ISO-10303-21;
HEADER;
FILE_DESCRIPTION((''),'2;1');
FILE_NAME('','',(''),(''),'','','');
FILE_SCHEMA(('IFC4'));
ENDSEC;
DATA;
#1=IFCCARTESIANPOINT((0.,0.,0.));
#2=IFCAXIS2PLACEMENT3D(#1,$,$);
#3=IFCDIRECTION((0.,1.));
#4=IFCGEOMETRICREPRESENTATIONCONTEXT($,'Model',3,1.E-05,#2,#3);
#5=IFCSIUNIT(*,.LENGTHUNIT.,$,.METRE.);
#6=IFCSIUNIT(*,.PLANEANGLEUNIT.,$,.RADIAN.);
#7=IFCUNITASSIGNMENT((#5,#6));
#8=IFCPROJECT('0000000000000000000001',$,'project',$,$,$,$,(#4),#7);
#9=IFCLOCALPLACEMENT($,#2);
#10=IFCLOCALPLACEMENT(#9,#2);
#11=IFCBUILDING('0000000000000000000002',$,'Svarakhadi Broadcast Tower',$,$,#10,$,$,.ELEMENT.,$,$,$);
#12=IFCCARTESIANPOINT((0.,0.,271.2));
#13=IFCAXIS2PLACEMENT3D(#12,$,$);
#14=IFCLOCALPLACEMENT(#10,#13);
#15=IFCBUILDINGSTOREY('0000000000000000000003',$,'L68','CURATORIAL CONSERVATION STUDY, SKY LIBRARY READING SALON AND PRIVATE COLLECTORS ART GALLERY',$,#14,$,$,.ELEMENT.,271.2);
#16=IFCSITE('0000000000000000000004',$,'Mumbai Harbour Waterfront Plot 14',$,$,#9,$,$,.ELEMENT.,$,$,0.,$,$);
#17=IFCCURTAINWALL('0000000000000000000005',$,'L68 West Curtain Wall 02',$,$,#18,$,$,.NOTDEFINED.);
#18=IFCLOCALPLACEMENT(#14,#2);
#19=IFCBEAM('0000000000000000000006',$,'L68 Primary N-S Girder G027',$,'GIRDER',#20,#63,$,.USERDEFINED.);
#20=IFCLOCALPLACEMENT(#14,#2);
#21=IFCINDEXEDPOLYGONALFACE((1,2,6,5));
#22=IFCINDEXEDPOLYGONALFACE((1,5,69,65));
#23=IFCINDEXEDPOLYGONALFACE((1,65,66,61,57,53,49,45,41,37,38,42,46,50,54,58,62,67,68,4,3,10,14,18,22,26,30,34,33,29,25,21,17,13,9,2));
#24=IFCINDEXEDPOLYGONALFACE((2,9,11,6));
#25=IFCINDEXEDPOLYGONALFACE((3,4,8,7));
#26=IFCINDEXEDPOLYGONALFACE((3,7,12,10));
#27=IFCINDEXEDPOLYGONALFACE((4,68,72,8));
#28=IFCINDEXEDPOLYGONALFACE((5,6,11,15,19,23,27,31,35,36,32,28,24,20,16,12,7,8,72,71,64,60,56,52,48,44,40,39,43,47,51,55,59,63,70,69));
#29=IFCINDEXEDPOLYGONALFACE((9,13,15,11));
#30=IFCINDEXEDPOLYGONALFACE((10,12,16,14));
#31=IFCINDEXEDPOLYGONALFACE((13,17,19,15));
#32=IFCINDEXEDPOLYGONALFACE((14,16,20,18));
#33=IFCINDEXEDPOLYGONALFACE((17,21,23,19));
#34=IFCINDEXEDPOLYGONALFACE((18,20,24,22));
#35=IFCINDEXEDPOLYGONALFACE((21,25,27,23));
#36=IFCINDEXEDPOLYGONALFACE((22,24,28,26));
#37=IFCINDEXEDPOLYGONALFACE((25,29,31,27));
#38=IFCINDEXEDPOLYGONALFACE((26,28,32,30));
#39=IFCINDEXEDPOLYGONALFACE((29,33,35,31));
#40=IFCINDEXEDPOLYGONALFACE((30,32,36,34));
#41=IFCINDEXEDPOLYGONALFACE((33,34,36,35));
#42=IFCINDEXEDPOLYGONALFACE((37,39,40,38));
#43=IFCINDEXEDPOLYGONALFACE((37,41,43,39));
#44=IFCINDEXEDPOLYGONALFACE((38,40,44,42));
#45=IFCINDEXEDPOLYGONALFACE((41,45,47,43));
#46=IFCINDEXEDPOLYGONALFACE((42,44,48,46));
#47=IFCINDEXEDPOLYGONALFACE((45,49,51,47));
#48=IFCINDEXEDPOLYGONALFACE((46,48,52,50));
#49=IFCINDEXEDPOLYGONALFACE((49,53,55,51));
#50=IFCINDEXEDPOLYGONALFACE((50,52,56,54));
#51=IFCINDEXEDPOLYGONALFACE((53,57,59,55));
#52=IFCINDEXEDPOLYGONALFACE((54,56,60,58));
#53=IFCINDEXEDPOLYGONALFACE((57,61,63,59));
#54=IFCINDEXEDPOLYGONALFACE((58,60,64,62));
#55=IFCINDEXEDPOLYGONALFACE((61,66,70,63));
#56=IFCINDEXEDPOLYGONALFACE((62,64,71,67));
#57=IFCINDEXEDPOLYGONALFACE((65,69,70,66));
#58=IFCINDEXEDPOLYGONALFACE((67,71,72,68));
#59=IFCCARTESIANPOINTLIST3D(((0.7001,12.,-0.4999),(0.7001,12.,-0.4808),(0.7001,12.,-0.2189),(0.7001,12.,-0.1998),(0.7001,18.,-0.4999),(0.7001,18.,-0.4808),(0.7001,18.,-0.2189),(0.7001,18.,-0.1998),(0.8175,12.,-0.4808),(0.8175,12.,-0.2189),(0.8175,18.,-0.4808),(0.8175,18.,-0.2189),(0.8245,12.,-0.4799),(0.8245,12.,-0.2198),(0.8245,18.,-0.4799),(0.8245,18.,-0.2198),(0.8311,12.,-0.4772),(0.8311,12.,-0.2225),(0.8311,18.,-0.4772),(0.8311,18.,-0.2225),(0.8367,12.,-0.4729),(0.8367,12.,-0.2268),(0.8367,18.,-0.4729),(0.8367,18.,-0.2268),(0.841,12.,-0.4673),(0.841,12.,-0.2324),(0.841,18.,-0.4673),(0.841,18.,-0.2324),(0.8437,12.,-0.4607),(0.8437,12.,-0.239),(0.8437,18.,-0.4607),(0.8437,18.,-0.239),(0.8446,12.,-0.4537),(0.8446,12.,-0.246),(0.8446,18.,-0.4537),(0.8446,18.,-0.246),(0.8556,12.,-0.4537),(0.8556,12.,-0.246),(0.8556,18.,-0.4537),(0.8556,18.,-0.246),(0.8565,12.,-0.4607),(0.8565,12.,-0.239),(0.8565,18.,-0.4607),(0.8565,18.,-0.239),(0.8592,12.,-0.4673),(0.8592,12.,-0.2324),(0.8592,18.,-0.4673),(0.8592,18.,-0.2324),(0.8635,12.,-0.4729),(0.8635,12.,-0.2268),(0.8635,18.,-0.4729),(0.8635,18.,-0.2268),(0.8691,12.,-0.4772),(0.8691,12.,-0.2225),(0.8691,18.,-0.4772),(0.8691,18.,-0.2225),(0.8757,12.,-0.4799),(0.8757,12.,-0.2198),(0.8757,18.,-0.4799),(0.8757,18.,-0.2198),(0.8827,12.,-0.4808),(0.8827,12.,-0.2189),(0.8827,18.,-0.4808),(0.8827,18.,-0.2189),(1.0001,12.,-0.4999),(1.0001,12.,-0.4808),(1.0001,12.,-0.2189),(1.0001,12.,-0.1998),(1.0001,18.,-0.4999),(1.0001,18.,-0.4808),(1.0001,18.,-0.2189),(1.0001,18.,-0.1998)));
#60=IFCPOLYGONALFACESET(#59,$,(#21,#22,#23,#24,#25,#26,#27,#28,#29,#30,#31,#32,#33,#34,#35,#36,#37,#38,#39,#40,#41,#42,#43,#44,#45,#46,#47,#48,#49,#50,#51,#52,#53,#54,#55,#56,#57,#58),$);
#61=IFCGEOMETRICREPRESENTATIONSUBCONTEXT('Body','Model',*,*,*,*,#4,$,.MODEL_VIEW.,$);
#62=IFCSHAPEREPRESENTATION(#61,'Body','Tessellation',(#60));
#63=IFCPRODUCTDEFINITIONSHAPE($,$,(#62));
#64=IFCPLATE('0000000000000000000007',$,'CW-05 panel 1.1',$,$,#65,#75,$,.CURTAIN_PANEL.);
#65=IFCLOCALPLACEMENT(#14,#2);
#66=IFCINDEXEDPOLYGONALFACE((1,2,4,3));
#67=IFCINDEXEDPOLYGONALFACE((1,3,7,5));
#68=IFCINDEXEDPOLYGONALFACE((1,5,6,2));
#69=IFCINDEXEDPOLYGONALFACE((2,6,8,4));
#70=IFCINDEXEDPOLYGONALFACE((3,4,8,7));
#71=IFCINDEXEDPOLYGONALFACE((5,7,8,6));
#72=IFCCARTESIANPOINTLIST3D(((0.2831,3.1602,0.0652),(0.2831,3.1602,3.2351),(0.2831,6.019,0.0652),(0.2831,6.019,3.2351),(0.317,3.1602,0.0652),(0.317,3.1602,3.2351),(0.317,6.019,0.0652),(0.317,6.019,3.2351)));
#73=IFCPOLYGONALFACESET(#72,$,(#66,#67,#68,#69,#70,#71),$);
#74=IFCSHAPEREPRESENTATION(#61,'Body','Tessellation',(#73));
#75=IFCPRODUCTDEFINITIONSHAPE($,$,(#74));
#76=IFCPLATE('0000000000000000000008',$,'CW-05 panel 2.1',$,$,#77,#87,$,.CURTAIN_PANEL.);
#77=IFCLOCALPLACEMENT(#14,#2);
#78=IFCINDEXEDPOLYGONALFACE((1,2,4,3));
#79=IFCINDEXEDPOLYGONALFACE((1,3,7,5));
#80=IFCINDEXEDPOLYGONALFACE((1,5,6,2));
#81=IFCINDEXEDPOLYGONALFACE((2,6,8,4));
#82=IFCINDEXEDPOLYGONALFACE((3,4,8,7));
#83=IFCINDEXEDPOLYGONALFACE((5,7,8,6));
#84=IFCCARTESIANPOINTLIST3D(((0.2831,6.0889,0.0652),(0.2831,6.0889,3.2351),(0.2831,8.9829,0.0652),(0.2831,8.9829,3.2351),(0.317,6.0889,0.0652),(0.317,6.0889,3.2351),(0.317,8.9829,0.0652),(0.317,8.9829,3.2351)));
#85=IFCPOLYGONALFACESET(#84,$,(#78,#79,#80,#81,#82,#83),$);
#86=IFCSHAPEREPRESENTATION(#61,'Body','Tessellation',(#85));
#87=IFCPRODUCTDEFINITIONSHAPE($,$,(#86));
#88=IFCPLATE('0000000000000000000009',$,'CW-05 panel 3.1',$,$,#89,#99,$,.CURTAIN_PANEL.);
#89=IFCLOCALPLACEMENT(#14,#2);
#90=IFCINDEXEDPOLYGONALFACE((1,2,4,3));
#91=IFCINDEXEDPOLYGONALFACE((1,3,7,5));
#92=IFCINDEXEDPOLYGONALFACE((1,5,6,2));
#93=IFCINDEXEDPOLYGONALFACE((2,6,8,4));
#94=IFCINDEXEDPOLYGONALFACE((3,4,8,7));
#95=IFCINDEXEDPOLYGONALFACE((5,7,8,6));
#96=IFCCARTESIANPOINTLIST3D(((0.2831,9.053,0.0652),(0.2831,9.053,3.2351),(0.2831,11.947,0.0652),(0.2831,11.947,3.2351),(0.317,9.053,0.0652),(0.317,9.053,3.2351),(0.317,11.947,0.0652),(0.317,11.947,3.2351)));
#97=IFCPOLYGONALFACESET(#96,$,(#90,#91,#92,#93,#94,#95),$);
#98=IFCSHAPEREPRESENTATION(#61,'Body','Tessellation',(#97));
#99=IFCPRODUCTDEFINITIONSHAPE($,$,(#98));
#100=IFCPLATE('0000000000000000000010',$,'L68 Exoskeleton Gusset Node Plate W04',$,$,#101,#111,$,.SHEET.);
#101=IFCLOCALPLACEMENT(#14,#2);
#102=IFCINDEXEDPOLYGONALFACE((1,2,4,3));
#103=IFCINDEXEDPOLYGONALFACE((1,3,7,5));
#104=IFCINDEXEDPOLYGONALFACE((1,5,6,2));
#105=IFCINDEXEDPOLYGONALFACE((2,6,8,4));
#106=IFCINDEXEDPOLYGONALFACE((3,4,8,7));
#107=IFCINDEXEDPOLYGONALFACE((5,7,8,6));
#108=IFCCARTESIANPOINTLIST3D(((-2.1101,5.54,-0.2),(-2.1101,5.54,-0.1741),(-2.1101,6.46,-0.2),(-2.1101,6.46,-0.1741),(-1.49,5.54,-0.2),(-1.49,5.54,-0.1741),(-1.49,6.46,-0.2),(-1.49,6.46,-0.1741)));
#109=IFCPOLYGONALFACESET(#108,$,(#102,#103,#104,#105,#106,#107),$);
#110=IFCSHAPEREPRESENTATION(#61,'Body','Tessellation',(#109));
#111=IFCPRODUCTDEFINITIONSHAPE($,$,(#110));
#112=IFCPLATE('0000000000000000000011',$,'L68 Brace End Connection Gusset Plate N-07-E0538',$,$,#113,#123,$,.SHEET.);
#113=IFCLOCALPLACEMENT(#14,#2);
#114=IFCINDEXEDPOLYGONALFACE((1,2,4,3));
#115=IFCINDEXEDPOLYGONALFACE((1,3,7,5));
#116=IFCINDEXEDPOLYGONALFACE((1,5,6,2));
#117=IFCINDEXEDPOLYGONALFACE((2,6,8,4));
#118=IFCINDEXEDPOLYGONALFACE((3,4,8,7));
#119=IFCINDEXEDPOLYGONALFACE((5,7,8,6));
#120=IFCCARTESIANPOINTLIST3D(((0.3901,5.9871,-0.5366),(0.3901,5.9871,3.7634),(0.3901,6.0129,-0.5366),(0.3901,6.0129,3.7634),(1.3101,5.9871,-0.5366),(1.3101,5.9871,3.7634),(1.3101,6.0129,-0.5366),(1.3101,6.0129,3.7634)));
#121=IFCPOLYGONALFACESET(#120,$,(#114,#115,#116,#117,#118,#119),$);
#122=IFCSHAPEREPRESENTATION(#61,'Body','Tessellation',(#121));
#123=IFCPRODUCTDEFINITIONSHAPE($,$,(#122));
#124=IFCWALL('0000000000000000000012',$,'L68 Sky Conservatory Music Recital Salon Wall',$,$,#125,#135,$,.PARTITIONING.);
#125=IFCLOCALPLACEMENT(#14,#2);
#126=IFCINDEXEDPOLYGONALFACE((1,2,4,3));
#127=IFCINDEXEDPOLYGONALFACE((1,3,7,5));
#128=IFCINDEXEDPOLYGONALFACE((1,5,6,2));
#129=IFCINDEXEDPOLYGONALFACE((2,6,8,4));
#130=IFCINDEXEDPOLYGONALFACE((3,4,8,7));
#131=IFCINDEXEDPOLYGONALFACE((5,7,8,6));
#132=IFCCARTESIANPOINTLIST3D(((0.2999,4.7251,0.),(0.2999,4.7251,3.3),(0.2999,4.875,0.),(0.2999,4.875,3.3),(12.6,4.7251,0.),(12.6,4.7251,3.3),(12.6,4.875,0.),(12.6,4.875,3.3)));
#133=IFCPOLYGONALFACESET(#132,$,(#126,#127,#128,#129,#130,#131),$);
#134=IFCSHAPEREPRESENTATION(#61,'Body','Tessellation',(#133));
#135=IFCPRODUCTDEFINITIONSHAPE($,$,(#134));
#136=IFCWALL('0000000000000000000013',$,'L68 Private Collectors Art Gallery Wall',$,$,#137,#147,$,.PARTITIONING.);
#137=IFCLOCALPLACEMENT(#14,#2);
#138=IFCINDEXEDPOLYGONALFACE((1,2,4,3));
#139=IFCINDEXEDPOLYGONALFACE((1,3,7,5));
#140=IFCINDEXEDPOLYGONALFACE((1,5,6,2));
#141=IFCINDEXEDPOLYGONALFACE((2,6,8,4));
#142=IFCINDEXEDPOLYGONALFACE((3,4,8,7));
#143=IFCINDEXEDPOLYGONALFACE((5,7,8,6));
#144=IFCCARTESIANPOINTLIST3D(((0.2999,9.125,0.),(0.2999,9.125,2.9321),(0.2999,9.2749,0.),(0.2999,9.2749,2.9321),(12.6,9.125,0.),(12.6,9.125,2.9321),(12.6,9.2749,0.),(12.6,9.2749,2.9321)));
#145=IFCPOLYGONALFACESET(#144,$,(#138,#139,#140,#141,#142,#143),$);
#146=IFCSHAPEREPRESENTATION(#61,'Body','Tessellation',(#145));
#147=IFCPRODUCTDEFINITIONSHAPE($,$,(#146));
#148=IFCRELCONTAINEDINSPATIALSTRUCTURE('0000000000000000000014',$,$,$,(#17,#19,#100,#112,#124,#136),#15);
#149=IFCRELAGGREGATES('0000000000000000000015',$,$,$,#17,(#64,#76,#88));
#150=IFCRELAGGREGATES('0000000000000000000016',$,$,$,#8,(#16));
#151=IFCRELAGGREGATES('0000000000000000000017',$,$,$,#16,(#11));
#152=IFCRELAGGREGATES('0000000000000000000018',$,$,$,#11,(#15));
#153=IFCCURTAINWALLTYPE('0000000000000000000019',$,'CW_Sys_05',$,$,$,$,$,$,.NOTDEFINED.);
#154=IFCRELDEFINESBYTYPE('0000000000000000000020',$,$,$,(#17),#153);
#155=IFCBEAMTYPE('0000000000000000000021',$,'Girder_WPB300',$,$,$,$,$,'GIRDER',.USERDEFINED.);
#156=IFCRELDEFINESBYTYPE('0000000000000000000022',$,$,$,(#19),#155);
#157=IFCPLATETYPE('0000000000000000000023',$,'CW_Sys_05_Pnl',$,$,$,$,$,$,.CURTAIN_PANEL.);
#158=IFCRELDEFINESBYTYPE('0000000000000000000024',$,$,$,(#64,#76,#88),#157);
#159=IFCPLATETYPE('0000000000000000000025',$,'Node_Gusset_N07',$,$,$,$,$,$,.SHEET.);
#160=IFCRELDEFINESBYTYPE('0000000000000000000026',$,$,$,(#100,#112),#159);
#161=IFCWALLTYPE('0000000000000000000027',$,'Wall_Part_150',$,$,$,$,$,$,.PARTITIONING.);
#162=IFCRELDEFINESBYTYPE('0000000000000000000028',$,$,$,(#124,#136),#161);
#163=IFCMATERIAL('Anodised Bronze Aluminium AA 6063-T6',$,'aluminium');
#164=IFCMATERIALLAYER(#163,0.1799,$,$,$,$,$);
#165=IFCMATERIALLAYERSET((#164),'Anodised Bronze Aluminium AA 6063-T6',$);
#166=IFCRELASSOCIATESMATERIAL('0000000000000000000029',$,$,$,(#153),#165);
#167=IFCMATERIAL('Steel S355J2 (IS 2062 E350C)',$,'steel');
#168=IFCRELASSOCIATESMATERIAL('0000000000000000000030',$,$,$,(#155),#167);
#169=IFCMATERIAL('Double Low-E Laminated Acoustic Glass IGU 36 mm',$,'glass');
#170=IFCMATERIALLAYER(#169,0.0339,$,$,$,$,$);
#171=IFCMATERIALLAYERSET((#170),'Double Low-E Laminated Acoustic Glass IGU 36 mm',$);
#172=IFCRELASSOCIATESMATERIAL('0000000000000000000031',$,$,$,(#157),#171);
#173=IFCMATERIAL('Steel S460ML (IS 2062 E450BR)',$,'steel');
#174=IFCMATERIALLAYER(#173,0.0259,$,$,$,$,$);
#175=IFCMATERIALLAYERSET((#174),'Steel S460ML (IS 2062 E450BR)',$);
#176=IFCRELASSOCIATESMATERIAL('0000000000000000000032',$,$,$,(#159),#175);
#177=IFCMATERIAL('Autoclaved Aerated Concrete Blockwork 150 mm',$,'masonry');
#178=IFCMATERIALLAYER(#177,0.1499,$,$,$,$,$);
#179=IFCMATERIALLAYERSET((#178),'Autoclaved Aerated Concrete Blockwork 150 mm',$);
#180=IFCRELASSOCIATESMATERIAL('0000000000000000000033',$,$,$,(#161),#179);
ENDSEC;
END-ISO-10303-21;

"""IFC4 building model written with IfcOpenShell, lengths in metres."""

from ifc_helpers import new_model, si_unit, direction, frame, frame_2d, origin, origin_2d, place, context, subcontext, project, spatial, rectangle, i_section, extrude, material, layer, layer_set, material_profile, profile_set, type_object, element, aggregate, save


model = new_model("IFC4")

# Units and contexts
model_context = context("Model", 3, precision=1e-05, world=origin(), true_north=direction((0.0, 1.0)))
body_context = subcontext(model_context, "Body", "Model", "MODEL_VIEW")
ifc_project = project(units=[si_unit("LENGTHUNIT", "METRE"), si_unit("PLANEANGLEUNIT", "RADIAN")], contexts=[model_context])

# Site, building, storey
site_placement = place(None, origin())
site = spatial("IfcSite", under=ifc_project, at=site_placement, Name="Mumbai Harbour Waterfront Plot 14", CompositionType="ELEMENT", RefElevation=0.0)
building_placement = place(site_placement, origin())
building = spatial("IfcBuilding", under=site, at=building_placement, Name="Svarakhadi Broadcast Tower", CompositionType="ELEMENT")
storey_placement = place(building_placement, frame((0.0, 0.0, 271.2)))
storey = spatial("IfcBuildingStorey", under=building, at=storey_placement, Name="L68", Description="CURATORIAL CONSERVATION STUDY, SKY LIBRARY READING SALON AND PRIVATE COLLECTORS ART GALLERY", CompositionType="ELEMENT", Elevation=271.2)

# Shared definitions
ifc_material_1 = material(Name="Steel S460ML (IS 2062 E450BR)", Category="steel")

# Shared definitions
ifc_material_2 = material(Name="Steel S355J2 (IS 2062 E350C)", Category="steel")

# Curtain wall
ifc_material_3 = material(Name="Anodised Bronze Aluminium AA 6063-T6", Category="aluminium")
ifc_layer_1 = layer(ifc_material_3, 0.1799)
ifc_layer_set_1 = layer_set([ifc_layer_1], Name="Anodised Bronze Aluminium AA 6063-T6")
curtain_wall_type = type_object("IfcCurtainWallType", Name="CW_Sys_05", PredefinedType="NOTDEFINED", material=ifc_layer_set_1)
curtain_wall_placement = place(storey_placement, origin())
curtain_wall = element("IfcCurtainWall", 1, at=curtain_wall_placement, inside=storey, type_object=curtain_wall_type, Name="L68 West Curtain Wall 02", PredefinedType="NOTDEFINED")

# Beam
ifc_material_profile_1 = material_profile(ifc_material_2, i_section(OverallWidth=0.3, OverallDepth=0.3, WebThickness=0.011, FlangeThickness=0.019, FilletRadius=0.0271, at=origin_2d()), Name="WPB 300x300x117")
ifc_profile_set_1 = profile_set([ifc_material_profile_1], Name="Steel S355J2 (IS 2062 E350C)")
beam_type_1 = type_object("IfcBeamType", Name="Girder_WPB300", ElementType="GIRDER", PredefinedType="USERDEFINED", material=ifc_profile_set_1)
for number, where, z_axis, x_axis, name in (
    (2, (0.8501, 12.0, -0.3499), (0.0, 1.0, 0.0), (-1.0, 0.0, 0.0), "L68 Primary N-S Girder G027"),
):
    element("IfcBeam", number, at=place(storey_placement, frame(where, z_axis=z_axis, x_axis=x_axis)), inside=storey, type_object=beam_type_1, Name=name, ObjectType="GIRDER", PredefinedType="USERDEFINED", context=body_context, shape_type="SweptSolid", body=[
        extrude(i_section(OverallWidth=0.3, OverallDepth=0.3, WebThickness=0.011, FlangeThickness=0.019, FilletRadius=0.0271, at=origin_2d()), origin(), (0.0, 0.0, 1.0), 6.0),
    ])

# Plates
ifc_material_4 = material(Name="Double Low-E Laminated Acoustic Glass IGU 36 mm", Category="glass")
ifc_layer_2 = layer(ifc_material_4, 0.0339)
ifc_layer_set_2 = layer_set([ifc_layer_2], Name="Double Low-E Laminated Acoustic Glass IGU 36 mm")
plate_type_1 = type_object("IfcPlateType", Name="CW_Sys_05_Pnl", PredefinedType="CURTAIN_PANEL", material=ifc_layer_set_2)
plate_1_placement = place(storey_placement, frame((0.3, 4.5896, 0.0652), z_axis=(0.0, 0.0, 1.0), x_axis=(0.0, 1.0, 0.0)))
plate_1 = element("IfcPlate", 3, at=plate_1_placement, type_object=plate_type_1, Name="CW-05 panel 1.1", PredefinedType="CURTAIN_PANEL", context=body_context, shape_type="SweptSolid", body=[
    extrude(rectangle(XDim=2.8589, YDim=0.0339, at=origin_2d()), origin(), (0.0, 0.0, 1.0), 3.1699),
])
plate_2_placement = place(storey_placement, frame((0.3, 7.5359, 0.0652), z_axis=(0.0, 0.0, 1.0), x_axis=(0.0, 1.0, 0.0)))
plate_2 = element("IfcPlate", 4, at=plate_2_placement, type_object=plate_type_1, Name="CW-05 panel 2.1", PredefinedType="CURTAIN_PANEL", context=body_context, shape_type="SweptSolid", body=[
    extrude(rectangle(XDim=2.894, YDim=0.0339, at=origin_2d()), origin(), (0.0, 0.0, 1.0), 3.1699),
])
plate_3_placement = place(storey_placement, frame((0.3, 10.5, 0.0652), z_axis=(0.0, 0.0, 1.0), x_axis=(0.0, 1.0, 0.0)))
plate_3 = element("IfcPlate", 5, at=plate_3_placement, type_object=plate_type_1, Name="CW-05 panel 3.1", PredefinedType="CURTAIN_PANEL", context=body_context, shape_type="SweptSolid", body=[
    extrude(rectangle(XDim=2.894, YDim=0.0339, at=origin_2d()), origin(), (0.0, 0.0, 1.0), 3.1699),
])
aggregate(curtain_wall, [plate_1, plate_2, plate_3])

# Plates
ifc_layer_3 = layer(ifc_material_1, 0.0259)
ifc_layer_set_3 = layer_set([ifc_layer_3], Name="Steel S460ML (IS 2062 E450BR)")
plate_type_2 = type_object("IfcPlateType", Name="Node_Gusset_N07", PredefinedType="SHEET", material=ifc_layer_set_3)
plate_4_placement = place(storey_placement, frame((-1.8, 6.0, -0.2), z_axis=(0.0, 0.0, 1.0), x_axis=(0.0, 1.0, 0.0)))
element("IfcPlate", 6, at=plate_4_placement, inside=storey, type_object=plate_type_2, Name="L68 Exoskeleton Gusset Node Plate W04", PredefinedType="SHEET", context=body_context, shape_type="SweptSolid", body=[
    extrude(rectangle(XDim=0.9199, YDim=0.6201, at=origin_2d()), origin(), (0.0, 0.0, 1.0), 0.0259),
])
plate_5_placement = place(storey_placement, frame((0.8501, 6.0, -0.5366), z_axis=(0.0, 0.0, 1.0), x_axis=(1.0, 0.0, 0.0)))
element("IfcPlate", 7, at=plate_5_placement, inside=storey, type_object=plate_type_2, Name="L68 Brace End Connection Gusset Plate N-07-E0538", PredefinedType="SHEET", context=body_context, shape_type="SweptSolid", body=[
    extrude(rectangle(XDim=0.9199, YDim=0.0259, at=origin_2d()), origin(), (0.0, 0.0, 1.0), 4.3),
])

# Walls
ifc_material_5 = material(Name="Autoclaved Aerated Concrete Blockwork 150 mm", Category="masonry")
ifc_layer_4 = layer(ifc_material_5, 0.1499)
ifc_layer_set_4 = layer_set([ifc_layer_4], Name="Autoclaved Aerated Concrete Blockwork 150 mm")
wall_type = type_object("IfcWallType", Name="Wall_Part_150", PredefinedType="PARTITIONING", material=ifc_layer_set_4)
wall_1_placement = place(storey_placement, frame((0.3, 4.8, 0.0), z_axis=(0.0, 0.0, 1.0), x_axis=(1.0, 0.0, 0.0)))
element("IfcWall", 8, at=wall_1_placement, inside=storey, type_object=wall_type, Name="L68 Sky Conservatory Music Recital Salon Wall", PredefinedType="PARTITIONING", context=body_context, shape_type="SweptSolid", body=[
    extrude(rectangle(XDim=12.3, YDim=0.1499, at=frame_2d((6.1499, 0.0))), origin(), (0.0, 0.0, 1.0), 3.3),
])
wall_2_placement = place(storey_placement, frame((0.3, 9.2, 0.0), z_axis=(0.0, 0.0, 1.0), x_axis=(1.0, 0.0, 0.0)))
element("IfcWall", 9, at=wall_2_placement, inside=storey, type_object=wall_type, Name="L68 Private Collectors Art Gallery Wall", PredefinedType="PARTITIONING", context=body_context, shape_type="SweptSolid", body=[
    extrude(rectangle(XDim=12.3, YDim=0.1499, at=frame_2d((6.1499, 0.0))), origin(), (0.0, 0.0, 1.0), 2.9321),
])

save(model, "model.ifc")
